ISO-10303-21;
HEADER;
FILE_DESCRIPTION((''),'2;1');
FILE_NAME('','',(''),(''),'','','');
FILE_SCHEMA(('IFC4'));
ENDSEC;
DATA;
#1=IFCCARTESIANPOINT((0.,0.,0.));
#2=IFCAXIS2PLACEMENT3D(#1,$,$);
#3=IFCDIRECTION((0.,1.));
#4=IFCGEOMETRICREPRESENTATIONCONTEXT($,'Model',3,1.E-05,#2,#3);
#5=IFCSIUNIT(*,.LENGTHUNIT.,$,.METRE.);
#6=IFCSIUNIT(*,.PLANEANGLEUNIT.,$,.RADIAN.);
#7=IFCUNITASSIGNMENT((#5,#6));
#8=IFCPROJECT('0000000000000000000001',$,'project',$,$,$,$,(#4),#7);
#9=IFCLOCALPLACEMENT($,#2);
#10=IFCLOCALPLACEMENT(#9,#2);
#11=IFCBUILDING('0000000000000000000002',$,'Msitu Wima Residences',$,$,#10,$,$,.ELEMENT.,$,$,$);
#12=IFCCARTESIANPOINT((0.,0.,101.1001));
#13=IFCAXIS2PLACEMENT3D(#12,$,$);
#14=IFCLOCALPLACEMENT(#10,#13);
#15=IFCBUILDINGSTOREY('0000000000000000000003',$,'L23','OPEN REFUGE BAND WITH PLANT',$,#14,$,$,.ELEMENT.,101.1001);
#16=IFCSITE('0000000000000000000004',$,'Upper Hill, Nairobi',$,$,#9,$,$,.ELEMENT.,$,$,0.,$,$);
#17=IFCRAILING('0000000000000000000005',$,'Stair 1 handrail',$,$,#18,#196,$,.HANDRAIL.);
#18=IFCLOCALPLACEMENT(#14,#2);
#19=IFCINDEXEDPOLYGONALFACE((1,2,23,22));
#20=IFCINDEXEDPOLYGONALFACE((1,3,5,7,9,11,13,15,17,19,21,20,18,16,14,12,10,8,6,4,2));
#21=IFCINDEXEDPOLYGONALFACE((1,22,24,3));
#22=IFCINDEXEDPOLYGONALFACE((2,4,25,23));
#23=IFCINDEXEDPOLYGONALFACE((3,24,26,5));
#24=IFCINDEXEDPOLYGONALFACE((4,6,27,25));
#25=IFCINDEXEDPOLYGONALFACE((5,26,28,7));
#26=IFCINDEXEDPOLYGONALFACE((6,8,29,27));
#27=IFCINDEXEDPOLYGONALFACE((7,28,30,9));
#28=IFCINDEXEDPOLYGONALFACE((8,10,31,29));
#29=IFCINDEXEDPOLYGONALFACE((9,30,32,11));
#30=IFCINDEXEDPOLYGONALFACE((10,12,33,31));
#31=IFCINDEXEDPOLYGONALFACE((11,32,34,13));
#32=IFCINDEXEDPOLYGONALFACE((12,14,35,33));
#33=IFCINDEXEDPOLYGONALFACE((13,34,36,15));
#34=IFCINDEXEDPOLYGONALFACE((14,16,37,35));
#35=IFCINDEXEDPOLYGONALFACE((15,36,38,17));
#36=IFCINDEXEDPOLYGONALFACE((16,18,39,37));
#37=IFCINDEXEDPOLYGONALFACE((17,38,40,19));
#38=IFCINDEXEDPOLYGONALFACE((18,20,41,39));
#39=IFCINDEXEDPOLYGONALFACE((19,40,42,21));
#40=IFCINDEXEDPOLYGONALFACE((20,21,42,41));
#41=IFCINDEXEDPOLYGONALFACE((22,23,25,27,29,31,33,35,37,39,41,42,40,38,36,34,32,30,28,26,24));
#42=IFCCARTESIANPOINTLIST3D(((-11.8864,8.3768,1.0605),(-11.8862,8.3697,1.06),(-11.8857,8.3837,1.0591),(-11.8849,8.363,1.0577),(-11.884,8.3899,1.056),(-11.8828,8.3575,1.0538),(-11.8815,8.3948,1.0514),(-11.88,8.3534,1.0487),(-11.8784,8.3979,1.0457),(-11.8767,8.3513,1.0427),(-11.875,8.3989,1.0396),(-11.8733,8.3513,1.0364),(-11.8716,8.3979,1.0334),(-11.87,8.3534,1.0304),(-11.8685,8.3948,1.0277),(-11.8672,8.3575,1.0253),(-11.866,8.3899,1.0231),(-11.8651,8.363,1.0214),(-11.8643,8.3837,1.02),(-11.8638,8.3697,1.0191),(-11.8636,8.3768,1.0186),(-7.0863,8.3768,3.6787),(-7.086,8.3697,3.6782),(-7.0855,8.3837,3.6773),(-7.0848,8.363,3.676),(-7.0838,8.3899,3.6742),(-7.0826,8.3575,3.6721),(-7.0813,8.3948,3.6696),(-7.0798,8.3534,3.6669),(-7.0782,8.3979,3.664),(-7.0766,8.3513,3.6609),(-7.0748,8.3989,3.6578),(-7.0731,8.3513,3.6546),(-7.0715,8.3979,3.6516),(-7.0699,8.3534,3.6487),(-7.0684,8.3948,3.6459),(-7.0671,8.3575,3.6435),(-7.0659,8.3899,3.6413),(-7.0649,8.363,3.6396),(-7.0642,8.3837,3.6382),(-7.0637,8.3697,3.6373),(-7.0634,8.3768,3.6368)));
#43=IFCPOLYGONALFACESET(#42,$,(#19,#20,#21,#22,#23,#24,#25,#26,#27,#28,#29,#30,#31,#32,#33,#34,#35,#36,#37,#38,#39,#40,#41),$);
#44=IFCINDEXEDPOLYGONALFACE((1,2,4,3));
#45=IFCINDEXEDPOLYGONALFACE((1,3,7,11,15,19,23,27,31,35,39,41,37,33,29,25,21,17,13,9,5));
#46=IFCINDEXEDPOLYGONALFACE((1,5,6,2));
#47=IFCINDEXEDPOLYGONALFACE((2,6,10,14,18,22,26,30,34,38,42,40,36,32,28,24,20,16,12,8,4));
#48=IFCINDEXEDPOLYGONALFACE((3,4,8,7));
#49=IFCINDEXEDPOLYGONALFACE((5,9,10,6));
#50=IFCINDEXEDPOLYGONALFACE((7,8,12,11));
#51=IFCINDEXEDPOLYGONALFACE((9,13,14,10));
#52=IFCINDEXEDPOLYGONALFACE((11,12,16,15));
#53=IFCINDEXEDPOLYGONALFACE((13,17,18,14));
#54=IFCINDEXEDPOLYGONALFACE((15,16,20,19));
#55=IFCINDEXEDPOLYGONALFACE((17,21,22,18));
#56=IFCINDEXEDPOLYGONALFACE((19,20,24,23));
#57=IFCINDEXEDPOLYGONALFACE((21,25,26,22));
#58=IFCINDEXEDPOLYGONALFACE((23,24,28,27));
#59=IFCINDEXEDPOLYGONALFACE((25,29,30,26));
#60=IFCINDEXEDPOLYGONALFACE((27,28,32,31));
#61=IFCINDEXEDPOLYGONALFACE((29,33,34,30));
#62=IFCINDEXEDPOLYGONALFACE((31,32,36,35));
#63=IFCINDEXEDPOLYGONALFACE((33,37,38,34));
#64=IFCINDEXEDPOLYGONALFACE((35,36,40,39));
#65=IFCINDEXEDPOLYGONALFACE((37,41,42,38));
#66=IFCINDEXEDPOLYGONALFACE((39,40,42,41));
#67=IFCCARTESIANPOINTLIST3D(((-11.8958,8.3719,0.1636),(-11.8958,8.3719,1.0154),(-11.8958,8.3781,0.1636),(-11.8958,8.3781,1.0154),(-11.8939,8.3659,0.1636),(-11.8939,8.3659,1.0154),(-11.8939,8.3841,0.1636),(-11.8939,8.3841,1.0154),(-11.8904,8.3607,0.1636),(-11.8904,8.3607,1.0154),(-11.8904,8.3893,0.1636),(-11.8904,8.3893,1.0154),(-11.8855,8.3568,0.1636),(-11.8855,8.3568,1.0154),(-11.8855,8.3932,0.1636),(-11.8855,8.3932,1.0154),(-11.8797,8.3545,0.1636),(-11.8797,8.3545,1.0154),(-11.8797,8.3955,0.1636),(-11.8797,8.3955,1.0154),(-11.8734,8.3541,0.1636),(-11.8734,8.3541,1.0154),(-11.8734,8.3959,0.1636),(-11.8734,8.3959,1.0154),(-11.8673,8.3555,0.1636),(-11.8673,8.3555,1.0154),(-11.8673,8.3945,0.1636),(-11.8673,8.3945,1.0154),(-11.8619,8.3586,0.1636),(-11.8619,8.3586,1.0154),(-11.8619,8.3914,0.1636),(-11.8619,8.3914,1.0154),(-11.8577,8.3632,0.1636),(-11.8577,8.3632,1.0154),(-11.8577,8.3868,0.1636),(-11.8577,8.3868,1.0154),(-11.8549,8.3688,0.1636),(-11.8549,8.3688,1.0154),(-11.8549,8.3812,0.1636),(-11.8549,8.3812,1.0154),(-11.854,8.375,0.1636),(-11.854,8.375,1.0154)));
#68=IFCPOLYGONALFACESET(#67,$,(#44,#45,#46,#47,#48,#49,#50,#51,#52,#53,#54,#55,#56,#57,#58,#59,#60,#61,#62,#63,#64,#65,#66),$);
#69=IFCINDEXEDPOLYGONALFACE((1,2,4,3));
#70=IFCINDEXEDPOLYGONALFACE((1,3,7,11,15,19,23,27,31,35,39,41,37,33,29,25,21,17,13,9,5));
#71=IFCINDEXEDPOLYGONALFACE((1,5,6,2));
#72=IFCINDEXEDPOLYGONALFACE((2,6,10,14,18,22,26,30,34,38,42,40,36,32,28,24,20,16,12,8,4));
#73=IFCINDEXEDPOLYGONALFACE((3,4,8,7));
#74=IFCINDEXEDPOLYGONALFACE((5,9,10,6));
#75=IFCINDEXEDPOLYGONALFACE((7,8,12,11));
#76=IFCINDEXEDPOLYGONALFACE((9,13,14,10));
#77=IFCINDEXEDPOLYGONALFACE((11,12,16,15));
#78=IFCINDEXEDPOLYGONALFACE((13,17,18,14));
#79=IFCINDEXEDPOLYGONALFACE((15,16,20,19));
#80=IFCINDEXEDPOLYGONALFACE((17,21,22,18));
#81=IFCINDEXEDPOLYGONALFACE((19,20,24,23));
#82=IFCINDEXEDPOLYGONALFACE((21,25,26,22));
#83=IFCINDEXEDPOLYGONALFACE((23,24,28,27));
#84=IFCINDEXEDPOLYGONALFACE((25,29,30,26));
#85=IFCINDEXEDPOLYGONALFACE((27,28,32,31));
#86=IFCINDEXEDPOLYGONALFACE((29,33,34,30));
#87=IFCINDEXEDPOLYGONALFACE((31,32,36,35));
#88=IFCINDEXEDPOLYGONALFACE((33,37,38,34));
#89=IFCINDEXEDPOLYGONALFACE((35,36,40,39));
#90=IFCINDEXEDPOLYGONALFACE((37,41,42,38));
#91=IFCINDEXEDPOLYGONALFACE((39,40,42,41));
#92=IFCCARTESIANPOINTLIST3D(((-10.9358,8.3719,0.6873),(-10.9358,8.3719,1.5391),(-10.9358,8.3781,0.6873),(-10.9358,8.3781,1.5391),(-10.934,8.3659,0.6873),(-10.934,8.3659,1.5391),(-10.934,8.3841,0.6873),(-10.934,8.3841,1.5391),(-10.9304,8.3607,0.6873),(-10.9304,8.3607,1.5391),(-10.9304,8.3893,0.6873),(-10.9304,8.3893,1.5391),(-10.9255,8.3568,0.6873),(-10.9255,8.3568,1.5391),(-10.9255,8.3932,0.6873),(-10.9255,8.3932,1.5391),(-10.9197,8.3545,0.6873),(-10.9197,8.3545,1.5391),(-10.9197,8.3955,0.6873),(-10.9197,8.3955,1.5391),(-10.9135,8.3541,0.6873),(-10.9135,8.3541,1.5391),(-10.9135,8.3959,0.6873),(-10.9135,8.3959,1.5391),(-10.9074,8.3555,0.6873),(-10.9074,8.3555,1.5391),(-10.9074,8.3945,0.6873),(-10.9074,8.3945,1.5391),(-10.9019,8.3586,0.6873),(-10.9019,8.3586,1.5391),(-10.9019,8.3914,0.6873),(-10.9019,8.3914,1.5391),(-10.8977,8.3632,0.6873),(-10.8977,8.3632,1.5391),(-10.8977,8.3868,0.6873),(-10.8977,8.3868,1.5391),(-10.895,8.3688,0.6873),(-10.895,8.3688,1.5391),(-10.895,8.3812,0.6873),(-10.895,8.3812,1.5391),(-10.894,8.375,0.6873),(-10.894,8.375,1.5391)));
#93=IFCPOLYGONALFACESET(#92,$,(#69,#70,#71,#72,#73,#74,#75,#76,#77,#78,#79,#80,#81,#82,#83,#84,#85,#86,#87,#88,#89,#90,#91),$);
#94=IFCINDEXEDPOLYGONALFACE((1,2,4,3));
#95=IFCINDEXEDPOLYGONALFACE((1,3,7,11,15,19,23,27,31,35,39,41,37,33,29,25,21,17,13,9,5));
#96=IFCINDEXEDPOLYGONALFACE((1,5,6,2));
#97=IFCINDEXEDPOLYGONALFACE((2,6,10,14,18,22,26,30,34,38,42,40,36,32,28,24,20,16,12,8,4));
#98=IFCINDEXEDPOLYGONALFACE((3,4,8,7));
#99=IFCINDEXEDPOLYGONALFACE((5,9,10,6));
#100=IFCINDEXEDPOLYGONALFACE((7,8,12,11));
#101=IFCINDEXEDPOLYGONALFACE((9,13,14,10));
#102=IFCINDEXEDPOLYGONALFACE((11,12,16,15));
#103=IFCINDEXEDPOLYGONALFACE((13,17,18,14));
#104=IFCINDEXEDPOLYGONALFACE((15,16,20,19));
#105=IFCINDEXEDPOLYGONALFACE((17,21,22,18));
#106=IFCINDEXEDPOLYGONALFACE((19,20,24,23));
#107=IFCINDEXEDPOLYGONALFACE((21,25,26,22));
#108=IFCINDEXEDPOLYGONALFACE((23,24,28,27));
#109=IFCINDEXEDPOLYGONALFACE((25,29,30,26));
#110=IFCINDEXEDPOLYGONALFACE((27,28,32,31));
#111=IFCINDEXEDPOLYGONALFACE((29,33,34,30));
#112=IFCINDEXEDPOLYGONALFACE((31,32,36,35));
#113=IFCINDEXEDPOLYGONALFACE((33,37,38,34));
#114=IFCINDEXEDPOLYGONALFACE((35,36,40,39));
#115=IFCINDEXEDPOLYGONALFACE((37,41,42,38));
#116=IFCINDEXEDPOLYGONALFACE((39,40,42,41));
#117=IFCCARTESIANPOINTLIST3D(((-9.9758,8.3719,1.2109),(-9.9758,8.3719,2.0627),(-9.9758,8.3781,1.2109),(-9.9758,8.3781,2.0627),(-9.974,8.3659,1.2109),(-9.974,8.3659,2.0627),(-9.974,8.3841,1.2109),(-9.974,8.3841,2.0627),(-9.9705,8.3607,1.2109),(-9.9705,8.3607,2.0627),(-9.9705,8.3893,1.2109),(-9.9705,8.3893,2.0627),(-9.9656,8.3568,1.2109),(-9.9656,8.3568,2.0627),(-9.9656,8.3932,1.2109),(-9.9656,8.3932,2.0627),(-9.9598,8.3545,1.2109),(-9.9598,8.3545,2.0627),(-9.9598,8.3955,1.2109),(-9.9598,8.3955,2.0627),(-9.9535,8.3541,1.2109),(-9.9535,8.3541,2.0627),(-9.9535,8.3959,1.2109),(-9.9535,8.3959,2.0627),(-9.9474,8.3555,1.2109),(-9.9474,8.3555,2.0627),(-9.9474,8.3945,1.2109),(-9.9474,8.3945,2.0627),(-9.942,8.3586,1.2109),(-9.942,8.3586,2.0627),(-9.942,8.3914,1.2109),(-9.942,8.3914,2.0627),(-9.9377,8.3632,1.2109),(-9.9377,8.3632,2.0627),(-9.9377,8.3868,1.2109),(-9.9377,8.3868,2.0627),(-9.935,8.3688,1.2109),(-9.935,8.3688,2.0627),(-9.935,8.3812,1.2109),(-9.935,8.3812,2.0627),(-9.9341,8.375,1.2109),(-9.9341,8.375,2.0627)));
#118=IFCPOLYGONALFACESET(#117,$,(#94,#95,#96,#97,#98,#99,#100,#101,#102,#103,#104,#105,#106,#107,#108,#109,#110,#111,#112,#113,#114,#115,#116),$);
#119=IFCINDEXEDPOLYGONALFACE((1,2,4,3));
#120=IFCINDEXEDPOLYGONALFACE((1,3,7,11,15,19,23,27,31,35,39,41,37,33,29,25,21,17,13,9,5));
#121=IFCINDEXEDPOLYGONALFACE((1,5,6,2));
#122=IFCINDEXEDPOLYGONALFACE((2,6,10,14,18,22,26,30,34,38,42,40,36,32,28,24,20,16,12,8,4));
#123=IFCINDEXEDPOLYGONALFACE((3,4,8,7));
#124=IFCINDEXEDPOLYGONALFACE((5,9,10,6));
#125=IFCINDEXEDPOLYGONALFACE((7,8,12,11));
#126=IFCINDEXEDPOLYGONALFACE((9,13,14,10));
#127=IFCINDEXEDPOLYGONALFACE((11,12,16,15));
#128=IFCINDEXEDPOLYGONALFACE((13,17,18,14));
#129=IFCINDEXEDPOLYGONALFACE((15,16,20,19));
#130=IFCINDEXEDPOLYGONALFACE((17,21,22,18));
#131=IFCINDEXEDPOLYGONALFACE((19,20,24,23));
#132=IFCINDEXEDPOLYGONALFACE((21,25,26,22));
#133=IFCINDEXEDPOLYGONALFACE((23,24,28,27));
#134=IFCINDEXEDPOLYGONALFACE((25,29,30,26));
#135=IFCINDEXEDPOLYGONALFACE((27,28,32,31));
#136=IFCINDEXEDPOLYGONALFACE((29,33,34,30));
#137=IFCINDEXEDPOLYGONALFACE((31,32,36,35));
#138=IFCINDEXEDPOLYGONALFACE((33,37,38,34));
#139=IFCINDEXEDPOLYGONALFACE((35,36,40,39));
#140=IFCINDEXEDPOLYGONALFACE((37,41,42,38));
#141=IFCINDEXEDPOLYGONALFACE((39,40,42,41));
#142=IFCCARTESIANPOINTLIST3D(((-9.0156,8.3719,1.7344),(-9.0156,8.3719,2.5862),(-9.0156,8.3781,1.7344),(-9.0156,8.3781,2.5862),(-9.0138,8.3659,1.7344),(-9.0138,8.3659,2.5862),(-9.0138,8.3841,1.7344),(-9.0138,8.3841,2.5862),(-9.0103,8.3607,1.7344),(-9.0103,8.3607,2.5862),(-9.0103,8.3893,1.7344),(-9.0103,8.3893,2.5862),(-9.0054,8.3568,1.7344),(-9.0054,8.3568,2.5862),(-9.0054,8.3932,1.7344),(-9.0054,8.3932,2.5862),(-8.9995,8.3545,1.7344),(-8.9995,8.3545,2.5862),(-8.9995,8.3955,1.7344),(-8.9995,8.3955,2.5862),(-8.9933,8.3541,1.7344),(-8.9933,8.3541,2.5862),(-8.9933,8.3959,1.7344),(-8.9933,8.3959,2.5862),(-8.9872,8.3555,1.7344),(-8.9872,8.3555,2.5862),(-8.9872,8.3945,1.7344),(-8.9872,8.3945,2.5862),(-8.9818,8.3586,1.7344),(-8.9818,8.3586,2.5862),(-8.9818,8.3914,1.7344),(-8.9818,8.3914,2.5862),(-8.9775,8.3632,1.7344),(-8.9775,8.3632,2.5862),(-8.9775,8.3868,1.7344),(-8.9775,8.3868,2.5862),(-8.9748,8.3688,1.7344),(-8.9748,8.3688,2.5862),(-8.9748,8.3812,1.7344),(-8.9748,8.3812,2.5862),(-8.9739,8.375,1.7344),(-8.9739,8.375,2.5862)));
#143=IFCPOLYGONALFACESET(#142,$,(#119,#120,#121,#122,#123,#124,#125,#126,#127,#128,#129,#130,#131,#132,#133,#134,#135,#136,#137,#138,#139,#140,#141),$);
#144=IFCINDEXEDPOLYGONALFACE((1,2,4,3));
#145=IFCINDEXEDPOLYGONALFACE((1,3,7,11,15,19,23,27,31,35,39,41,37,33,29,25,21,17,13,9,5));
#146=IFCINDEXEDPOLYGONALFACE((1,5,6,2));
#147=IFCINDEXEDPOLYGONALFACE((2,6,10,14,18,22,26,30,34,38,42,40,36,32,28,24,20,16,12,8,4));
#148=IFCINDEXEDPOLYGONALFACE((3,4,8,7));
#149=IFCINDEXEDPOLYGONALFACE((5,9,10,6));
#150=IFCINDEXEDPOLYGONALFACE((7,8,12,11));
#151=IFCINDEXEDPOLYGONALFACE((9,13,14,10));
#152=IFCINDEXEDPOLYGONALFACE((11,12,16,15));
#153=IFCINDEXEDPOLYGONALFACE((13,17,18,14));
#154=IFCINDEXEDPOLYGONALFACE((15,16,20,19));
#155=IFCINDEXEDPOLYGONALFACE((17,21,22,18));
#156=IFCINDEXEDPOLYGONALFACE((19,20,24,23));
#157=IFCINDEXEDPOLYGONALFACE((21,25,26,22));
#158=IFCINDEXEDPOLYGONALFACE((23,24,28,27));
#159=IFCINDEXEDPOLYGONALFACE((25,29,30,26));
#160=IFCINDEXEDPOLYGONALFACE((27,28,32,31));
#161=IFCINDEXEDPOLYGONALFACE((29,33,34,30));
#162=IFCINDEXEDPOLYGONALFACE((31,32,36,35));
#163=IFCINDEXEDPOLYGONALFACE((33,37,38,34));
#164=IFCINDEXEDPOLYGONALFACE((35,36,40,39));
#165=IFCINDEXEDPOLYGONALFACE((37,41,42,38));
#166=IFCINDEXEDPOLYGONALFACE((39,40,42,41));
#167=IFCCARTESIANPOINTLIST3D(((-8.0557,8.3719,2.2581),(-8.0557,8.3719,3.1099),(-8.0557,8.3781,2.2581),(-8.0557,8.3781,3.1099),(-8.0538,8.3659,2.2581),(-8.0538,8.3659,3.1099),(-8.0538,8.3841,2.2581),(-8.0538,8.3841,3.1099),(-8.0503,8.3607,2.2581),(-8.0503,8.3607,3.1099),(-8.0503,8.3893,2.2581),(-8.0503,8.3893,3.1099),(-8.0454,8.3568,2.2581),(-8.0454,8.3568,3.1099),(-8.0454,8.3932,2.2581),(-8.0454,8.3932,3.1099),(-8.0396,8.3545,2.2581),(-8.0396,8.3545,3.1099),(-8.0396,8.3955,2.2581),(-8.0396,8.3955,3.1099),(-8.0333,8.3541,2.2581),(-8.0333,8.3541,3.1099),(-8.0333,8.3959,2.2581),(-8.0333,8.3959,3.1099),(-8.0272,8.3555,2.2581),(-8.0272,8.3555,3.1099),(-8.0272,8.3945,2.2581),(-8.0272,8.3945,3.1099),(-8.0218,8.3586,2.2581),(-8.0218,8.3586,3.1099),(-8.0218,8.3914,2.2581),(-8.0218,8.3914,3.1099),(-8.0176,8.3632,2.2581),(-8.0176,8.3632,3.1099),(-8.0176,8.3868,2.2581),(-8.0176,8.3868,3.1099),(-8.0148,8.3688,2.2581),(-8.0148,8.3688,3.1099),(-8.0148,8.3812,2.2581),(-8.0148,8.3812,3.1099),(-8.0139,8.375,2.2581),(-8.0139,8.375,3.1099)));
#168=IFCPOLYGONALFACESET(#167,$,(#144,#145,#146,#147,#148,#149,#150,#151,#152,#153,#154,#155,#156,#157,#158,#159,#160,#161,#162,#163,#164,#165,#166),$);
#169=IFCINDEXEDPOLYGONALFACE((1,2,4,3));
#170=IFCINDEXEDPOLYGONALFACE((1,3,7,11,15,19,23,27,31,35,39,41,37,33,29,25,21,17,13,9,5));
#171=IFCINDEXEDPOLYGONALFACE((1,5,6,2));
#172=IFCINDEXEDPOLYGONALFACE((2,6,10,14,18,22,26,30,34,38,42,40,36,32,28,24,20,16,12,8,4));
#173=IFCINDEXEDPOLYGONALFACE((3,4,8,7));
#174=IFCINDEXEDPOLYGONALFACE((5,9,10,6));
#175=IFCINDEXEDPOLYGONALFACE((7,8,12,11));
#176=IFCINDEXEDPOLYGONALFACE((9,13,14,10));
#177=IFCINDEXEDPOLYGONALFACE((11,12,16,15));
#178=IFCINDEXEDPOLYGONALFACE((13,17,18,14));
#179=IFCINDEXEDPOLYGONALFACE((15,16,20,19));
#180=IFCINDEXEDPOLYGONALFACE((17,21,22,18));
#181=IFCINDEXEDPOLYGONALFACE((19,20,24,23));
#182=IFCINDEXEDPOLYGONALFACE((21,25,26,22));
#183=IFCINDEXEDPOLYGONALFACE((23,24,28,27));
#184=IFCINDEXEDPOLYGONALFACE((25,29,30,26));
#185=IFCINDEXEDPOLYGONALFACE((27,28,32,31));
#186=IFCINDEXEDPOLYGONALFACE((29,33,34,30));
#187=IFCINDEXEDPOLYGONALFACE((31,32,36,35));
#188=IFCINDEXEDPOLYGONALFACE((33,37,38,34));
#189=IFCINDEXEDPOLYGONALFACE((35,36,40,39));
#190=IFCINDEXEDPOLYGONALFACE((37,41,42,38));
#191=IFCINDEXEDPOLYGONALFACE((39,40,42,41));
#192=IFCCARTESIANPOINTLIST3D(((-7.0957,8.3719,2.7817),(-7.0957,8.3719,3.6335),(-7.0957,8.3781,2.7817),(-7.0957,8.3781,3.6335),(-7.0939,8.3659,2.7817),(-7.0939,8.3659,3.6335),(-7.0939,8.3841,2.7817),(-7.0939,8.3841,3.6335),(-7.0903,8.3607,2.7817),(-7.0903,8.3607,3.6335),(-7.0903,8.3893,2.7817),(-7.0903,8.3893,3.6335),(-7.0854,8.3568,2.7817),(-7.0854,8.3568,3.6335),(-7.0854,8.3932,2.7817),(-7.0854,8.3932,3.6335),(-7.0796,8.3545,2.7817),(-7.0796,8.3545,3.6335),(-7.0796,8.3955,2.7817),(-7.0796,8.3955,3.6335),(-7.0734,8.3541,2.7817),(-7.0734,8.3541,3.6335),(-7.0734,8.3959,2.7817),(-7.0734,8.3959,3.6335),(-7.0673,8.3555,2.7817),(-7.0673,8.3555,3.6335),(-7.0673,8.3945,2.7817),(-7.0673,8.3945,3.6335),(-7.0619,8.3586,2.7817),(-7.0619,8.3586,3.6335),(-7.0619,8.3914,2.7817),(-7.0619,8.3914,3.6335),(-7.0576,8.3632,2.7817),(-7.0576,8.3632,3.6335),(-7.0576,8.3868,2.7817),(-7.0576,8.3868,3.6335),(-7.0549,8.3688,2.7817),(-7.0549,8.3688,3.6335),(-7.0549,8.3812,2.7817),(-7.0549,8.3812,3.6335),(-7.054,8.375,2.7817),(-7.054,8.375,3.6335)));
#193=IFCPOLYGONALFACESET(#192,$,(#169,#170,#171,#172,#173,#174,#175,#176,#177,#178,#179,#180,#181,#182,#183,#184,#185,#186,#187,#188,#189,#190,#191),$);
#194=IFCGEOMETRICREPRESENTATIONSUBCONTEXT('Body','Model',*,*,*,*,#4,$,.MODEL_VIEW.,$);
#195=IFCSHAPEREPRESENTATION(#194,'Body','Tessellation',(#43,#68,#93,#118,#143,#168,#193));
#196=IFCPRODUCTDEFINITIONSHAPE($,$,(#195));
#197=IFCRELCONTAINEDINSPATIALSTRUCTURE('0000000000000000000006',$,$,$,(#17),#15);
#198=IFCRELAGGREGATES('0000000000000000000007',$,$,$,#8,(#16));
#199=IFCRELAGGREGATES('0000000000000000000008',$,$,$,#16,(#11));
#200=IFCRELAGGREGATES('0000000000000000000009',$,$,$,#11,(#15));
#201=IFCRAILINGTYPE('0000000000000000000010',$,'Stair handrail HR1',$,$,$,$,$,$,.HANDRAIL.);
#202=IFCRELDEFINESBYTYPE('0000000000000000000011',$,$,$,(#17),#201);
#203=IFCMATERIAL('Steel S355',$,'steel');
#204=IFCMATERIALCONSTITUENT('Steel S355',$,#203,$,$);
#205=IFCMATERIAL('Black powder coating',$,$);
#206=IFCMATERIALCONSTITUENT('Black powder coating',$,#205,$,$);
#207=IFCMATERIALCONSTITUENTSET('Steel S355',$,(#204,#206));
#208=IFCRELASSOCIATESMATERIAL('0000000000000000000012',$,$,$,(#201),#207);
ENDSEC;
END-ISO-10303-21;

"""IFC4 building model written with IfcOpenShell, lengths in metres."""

from ifc_helpers import new_model, si_unit, direction, frame, origin, origin_2d, place, context, subcontext, project, spatial, circle, extrude, material, constituent, constituent_set, type_object, element, save


model = new_model("IFC4")

# Units and contexts
model_context = context("Model", 3, precision=1e-05, world=origin(), true_north=direction((0.0, 1.0)))
body_context = subcontext(model_context, "Body", "Model", "MODEL_VIEW")
ifc_project = project(units=[si_unit("LENGTHUNIT", "METRE"), si_unit("PLANEANGLEUNIT", "RADIAN")], contexts=[model_context])

# Site, building, storey
site_placement = place(None, origin())
site = spatial("IfcSite", under=ifc_project, at=site_placement, Name="Upper Hill, Nairobi", CompositionType="ELEMENT", RefElevation=0.0)
building_placement = place(site_placement, origin())
building = spatial("IfcBuilding", under=site, at=building_placement, Name="Msitu Wima Residences", CompositionType="ELEMENT")
storey_placement = place(building_placement, frame((0.0, 0.0, 101.1001)))
storey = spatial("IfcBuildingStorey", under=building, at=storey_placement, Name="L23", Description="OPEN REFUGE BAND WITH PLANT", CompositionType="ELEMENT", Elevation=101.1001)

# Railing
ifc_material_1 = material(Name="Steel S355", Category="steel")
ifc_constituent_1 = constituent(ifc_material_1, Name="Steel S355")
ifc_material_2 = material(Name="Black powder coating")
ifc_constituent_2 = constituent(ifc_material_2, Name="Black powder coating")
ifc_constituent_set_1 = constituent_set(constituents=[ifc_constituent_1, ifc_constituent_2], Name="Steel S355")
railing_type_1 = type_object("IfcRailingType", Name="Stair handrail HR1", PredefinedType="HANDRAIL", material=ifc_constituent_set_1)
railing_1_placement = place(storey_placement, frame((-11.875, 8.375, 0.1636)))
element("IfcRailing", 1, at=railing_1_placement, inside=storey, type_object=railing_type_1, Name="Stair 1 handrail", PredefinedType="HANDRAIL", context=body_context, shape_type="SweptSolid", body=[
    extrude(circle(Radius=0.0239, at=origin_2d()), frame((0.0, 0.0, 0.876), z_axis=(0.877899, 0.0, 0.478846), x_axis=(0.0, 1.0, 0.0)), (0.0, 0.0, 1.0), 5.4678),
    extrude(circle(Radius=0.021, at=origin_2d()), origin(), (0.0, 0.0, 1.0), 0.8518),
    extrude(circle(Radius=0.021, at=origin_2d()), frame((0.96, 0.0, 0.5237)), (0.0, 0.0, 1.0), 0.8518),
    extrude(circle(Radius=0.021, at=origin_2d()), frame((1.9199, 0.0, 1.0474)), (0.0, 0.0, 1.0), 0.8518),
    extrude(circle(Radius=0.021, at=origin_2d()), frame((2.8801, 0.0, 1.5708)), (0.0, 0.0, 1.0), 0.8518),
    extrude(circle(Radius=0.021, at=origin_2d()), frame((3.8401, 0.0, 2.0945)), (0.0, 0.0, 1.0), 0.8518),
    extrude(circle(Radius=0.021, at=origin_2d()), frame((4.8, 0.0, 2.6182)), (0.0, 0.0, 1.0), 0.8518),
])

save(model, "model.ifc")
